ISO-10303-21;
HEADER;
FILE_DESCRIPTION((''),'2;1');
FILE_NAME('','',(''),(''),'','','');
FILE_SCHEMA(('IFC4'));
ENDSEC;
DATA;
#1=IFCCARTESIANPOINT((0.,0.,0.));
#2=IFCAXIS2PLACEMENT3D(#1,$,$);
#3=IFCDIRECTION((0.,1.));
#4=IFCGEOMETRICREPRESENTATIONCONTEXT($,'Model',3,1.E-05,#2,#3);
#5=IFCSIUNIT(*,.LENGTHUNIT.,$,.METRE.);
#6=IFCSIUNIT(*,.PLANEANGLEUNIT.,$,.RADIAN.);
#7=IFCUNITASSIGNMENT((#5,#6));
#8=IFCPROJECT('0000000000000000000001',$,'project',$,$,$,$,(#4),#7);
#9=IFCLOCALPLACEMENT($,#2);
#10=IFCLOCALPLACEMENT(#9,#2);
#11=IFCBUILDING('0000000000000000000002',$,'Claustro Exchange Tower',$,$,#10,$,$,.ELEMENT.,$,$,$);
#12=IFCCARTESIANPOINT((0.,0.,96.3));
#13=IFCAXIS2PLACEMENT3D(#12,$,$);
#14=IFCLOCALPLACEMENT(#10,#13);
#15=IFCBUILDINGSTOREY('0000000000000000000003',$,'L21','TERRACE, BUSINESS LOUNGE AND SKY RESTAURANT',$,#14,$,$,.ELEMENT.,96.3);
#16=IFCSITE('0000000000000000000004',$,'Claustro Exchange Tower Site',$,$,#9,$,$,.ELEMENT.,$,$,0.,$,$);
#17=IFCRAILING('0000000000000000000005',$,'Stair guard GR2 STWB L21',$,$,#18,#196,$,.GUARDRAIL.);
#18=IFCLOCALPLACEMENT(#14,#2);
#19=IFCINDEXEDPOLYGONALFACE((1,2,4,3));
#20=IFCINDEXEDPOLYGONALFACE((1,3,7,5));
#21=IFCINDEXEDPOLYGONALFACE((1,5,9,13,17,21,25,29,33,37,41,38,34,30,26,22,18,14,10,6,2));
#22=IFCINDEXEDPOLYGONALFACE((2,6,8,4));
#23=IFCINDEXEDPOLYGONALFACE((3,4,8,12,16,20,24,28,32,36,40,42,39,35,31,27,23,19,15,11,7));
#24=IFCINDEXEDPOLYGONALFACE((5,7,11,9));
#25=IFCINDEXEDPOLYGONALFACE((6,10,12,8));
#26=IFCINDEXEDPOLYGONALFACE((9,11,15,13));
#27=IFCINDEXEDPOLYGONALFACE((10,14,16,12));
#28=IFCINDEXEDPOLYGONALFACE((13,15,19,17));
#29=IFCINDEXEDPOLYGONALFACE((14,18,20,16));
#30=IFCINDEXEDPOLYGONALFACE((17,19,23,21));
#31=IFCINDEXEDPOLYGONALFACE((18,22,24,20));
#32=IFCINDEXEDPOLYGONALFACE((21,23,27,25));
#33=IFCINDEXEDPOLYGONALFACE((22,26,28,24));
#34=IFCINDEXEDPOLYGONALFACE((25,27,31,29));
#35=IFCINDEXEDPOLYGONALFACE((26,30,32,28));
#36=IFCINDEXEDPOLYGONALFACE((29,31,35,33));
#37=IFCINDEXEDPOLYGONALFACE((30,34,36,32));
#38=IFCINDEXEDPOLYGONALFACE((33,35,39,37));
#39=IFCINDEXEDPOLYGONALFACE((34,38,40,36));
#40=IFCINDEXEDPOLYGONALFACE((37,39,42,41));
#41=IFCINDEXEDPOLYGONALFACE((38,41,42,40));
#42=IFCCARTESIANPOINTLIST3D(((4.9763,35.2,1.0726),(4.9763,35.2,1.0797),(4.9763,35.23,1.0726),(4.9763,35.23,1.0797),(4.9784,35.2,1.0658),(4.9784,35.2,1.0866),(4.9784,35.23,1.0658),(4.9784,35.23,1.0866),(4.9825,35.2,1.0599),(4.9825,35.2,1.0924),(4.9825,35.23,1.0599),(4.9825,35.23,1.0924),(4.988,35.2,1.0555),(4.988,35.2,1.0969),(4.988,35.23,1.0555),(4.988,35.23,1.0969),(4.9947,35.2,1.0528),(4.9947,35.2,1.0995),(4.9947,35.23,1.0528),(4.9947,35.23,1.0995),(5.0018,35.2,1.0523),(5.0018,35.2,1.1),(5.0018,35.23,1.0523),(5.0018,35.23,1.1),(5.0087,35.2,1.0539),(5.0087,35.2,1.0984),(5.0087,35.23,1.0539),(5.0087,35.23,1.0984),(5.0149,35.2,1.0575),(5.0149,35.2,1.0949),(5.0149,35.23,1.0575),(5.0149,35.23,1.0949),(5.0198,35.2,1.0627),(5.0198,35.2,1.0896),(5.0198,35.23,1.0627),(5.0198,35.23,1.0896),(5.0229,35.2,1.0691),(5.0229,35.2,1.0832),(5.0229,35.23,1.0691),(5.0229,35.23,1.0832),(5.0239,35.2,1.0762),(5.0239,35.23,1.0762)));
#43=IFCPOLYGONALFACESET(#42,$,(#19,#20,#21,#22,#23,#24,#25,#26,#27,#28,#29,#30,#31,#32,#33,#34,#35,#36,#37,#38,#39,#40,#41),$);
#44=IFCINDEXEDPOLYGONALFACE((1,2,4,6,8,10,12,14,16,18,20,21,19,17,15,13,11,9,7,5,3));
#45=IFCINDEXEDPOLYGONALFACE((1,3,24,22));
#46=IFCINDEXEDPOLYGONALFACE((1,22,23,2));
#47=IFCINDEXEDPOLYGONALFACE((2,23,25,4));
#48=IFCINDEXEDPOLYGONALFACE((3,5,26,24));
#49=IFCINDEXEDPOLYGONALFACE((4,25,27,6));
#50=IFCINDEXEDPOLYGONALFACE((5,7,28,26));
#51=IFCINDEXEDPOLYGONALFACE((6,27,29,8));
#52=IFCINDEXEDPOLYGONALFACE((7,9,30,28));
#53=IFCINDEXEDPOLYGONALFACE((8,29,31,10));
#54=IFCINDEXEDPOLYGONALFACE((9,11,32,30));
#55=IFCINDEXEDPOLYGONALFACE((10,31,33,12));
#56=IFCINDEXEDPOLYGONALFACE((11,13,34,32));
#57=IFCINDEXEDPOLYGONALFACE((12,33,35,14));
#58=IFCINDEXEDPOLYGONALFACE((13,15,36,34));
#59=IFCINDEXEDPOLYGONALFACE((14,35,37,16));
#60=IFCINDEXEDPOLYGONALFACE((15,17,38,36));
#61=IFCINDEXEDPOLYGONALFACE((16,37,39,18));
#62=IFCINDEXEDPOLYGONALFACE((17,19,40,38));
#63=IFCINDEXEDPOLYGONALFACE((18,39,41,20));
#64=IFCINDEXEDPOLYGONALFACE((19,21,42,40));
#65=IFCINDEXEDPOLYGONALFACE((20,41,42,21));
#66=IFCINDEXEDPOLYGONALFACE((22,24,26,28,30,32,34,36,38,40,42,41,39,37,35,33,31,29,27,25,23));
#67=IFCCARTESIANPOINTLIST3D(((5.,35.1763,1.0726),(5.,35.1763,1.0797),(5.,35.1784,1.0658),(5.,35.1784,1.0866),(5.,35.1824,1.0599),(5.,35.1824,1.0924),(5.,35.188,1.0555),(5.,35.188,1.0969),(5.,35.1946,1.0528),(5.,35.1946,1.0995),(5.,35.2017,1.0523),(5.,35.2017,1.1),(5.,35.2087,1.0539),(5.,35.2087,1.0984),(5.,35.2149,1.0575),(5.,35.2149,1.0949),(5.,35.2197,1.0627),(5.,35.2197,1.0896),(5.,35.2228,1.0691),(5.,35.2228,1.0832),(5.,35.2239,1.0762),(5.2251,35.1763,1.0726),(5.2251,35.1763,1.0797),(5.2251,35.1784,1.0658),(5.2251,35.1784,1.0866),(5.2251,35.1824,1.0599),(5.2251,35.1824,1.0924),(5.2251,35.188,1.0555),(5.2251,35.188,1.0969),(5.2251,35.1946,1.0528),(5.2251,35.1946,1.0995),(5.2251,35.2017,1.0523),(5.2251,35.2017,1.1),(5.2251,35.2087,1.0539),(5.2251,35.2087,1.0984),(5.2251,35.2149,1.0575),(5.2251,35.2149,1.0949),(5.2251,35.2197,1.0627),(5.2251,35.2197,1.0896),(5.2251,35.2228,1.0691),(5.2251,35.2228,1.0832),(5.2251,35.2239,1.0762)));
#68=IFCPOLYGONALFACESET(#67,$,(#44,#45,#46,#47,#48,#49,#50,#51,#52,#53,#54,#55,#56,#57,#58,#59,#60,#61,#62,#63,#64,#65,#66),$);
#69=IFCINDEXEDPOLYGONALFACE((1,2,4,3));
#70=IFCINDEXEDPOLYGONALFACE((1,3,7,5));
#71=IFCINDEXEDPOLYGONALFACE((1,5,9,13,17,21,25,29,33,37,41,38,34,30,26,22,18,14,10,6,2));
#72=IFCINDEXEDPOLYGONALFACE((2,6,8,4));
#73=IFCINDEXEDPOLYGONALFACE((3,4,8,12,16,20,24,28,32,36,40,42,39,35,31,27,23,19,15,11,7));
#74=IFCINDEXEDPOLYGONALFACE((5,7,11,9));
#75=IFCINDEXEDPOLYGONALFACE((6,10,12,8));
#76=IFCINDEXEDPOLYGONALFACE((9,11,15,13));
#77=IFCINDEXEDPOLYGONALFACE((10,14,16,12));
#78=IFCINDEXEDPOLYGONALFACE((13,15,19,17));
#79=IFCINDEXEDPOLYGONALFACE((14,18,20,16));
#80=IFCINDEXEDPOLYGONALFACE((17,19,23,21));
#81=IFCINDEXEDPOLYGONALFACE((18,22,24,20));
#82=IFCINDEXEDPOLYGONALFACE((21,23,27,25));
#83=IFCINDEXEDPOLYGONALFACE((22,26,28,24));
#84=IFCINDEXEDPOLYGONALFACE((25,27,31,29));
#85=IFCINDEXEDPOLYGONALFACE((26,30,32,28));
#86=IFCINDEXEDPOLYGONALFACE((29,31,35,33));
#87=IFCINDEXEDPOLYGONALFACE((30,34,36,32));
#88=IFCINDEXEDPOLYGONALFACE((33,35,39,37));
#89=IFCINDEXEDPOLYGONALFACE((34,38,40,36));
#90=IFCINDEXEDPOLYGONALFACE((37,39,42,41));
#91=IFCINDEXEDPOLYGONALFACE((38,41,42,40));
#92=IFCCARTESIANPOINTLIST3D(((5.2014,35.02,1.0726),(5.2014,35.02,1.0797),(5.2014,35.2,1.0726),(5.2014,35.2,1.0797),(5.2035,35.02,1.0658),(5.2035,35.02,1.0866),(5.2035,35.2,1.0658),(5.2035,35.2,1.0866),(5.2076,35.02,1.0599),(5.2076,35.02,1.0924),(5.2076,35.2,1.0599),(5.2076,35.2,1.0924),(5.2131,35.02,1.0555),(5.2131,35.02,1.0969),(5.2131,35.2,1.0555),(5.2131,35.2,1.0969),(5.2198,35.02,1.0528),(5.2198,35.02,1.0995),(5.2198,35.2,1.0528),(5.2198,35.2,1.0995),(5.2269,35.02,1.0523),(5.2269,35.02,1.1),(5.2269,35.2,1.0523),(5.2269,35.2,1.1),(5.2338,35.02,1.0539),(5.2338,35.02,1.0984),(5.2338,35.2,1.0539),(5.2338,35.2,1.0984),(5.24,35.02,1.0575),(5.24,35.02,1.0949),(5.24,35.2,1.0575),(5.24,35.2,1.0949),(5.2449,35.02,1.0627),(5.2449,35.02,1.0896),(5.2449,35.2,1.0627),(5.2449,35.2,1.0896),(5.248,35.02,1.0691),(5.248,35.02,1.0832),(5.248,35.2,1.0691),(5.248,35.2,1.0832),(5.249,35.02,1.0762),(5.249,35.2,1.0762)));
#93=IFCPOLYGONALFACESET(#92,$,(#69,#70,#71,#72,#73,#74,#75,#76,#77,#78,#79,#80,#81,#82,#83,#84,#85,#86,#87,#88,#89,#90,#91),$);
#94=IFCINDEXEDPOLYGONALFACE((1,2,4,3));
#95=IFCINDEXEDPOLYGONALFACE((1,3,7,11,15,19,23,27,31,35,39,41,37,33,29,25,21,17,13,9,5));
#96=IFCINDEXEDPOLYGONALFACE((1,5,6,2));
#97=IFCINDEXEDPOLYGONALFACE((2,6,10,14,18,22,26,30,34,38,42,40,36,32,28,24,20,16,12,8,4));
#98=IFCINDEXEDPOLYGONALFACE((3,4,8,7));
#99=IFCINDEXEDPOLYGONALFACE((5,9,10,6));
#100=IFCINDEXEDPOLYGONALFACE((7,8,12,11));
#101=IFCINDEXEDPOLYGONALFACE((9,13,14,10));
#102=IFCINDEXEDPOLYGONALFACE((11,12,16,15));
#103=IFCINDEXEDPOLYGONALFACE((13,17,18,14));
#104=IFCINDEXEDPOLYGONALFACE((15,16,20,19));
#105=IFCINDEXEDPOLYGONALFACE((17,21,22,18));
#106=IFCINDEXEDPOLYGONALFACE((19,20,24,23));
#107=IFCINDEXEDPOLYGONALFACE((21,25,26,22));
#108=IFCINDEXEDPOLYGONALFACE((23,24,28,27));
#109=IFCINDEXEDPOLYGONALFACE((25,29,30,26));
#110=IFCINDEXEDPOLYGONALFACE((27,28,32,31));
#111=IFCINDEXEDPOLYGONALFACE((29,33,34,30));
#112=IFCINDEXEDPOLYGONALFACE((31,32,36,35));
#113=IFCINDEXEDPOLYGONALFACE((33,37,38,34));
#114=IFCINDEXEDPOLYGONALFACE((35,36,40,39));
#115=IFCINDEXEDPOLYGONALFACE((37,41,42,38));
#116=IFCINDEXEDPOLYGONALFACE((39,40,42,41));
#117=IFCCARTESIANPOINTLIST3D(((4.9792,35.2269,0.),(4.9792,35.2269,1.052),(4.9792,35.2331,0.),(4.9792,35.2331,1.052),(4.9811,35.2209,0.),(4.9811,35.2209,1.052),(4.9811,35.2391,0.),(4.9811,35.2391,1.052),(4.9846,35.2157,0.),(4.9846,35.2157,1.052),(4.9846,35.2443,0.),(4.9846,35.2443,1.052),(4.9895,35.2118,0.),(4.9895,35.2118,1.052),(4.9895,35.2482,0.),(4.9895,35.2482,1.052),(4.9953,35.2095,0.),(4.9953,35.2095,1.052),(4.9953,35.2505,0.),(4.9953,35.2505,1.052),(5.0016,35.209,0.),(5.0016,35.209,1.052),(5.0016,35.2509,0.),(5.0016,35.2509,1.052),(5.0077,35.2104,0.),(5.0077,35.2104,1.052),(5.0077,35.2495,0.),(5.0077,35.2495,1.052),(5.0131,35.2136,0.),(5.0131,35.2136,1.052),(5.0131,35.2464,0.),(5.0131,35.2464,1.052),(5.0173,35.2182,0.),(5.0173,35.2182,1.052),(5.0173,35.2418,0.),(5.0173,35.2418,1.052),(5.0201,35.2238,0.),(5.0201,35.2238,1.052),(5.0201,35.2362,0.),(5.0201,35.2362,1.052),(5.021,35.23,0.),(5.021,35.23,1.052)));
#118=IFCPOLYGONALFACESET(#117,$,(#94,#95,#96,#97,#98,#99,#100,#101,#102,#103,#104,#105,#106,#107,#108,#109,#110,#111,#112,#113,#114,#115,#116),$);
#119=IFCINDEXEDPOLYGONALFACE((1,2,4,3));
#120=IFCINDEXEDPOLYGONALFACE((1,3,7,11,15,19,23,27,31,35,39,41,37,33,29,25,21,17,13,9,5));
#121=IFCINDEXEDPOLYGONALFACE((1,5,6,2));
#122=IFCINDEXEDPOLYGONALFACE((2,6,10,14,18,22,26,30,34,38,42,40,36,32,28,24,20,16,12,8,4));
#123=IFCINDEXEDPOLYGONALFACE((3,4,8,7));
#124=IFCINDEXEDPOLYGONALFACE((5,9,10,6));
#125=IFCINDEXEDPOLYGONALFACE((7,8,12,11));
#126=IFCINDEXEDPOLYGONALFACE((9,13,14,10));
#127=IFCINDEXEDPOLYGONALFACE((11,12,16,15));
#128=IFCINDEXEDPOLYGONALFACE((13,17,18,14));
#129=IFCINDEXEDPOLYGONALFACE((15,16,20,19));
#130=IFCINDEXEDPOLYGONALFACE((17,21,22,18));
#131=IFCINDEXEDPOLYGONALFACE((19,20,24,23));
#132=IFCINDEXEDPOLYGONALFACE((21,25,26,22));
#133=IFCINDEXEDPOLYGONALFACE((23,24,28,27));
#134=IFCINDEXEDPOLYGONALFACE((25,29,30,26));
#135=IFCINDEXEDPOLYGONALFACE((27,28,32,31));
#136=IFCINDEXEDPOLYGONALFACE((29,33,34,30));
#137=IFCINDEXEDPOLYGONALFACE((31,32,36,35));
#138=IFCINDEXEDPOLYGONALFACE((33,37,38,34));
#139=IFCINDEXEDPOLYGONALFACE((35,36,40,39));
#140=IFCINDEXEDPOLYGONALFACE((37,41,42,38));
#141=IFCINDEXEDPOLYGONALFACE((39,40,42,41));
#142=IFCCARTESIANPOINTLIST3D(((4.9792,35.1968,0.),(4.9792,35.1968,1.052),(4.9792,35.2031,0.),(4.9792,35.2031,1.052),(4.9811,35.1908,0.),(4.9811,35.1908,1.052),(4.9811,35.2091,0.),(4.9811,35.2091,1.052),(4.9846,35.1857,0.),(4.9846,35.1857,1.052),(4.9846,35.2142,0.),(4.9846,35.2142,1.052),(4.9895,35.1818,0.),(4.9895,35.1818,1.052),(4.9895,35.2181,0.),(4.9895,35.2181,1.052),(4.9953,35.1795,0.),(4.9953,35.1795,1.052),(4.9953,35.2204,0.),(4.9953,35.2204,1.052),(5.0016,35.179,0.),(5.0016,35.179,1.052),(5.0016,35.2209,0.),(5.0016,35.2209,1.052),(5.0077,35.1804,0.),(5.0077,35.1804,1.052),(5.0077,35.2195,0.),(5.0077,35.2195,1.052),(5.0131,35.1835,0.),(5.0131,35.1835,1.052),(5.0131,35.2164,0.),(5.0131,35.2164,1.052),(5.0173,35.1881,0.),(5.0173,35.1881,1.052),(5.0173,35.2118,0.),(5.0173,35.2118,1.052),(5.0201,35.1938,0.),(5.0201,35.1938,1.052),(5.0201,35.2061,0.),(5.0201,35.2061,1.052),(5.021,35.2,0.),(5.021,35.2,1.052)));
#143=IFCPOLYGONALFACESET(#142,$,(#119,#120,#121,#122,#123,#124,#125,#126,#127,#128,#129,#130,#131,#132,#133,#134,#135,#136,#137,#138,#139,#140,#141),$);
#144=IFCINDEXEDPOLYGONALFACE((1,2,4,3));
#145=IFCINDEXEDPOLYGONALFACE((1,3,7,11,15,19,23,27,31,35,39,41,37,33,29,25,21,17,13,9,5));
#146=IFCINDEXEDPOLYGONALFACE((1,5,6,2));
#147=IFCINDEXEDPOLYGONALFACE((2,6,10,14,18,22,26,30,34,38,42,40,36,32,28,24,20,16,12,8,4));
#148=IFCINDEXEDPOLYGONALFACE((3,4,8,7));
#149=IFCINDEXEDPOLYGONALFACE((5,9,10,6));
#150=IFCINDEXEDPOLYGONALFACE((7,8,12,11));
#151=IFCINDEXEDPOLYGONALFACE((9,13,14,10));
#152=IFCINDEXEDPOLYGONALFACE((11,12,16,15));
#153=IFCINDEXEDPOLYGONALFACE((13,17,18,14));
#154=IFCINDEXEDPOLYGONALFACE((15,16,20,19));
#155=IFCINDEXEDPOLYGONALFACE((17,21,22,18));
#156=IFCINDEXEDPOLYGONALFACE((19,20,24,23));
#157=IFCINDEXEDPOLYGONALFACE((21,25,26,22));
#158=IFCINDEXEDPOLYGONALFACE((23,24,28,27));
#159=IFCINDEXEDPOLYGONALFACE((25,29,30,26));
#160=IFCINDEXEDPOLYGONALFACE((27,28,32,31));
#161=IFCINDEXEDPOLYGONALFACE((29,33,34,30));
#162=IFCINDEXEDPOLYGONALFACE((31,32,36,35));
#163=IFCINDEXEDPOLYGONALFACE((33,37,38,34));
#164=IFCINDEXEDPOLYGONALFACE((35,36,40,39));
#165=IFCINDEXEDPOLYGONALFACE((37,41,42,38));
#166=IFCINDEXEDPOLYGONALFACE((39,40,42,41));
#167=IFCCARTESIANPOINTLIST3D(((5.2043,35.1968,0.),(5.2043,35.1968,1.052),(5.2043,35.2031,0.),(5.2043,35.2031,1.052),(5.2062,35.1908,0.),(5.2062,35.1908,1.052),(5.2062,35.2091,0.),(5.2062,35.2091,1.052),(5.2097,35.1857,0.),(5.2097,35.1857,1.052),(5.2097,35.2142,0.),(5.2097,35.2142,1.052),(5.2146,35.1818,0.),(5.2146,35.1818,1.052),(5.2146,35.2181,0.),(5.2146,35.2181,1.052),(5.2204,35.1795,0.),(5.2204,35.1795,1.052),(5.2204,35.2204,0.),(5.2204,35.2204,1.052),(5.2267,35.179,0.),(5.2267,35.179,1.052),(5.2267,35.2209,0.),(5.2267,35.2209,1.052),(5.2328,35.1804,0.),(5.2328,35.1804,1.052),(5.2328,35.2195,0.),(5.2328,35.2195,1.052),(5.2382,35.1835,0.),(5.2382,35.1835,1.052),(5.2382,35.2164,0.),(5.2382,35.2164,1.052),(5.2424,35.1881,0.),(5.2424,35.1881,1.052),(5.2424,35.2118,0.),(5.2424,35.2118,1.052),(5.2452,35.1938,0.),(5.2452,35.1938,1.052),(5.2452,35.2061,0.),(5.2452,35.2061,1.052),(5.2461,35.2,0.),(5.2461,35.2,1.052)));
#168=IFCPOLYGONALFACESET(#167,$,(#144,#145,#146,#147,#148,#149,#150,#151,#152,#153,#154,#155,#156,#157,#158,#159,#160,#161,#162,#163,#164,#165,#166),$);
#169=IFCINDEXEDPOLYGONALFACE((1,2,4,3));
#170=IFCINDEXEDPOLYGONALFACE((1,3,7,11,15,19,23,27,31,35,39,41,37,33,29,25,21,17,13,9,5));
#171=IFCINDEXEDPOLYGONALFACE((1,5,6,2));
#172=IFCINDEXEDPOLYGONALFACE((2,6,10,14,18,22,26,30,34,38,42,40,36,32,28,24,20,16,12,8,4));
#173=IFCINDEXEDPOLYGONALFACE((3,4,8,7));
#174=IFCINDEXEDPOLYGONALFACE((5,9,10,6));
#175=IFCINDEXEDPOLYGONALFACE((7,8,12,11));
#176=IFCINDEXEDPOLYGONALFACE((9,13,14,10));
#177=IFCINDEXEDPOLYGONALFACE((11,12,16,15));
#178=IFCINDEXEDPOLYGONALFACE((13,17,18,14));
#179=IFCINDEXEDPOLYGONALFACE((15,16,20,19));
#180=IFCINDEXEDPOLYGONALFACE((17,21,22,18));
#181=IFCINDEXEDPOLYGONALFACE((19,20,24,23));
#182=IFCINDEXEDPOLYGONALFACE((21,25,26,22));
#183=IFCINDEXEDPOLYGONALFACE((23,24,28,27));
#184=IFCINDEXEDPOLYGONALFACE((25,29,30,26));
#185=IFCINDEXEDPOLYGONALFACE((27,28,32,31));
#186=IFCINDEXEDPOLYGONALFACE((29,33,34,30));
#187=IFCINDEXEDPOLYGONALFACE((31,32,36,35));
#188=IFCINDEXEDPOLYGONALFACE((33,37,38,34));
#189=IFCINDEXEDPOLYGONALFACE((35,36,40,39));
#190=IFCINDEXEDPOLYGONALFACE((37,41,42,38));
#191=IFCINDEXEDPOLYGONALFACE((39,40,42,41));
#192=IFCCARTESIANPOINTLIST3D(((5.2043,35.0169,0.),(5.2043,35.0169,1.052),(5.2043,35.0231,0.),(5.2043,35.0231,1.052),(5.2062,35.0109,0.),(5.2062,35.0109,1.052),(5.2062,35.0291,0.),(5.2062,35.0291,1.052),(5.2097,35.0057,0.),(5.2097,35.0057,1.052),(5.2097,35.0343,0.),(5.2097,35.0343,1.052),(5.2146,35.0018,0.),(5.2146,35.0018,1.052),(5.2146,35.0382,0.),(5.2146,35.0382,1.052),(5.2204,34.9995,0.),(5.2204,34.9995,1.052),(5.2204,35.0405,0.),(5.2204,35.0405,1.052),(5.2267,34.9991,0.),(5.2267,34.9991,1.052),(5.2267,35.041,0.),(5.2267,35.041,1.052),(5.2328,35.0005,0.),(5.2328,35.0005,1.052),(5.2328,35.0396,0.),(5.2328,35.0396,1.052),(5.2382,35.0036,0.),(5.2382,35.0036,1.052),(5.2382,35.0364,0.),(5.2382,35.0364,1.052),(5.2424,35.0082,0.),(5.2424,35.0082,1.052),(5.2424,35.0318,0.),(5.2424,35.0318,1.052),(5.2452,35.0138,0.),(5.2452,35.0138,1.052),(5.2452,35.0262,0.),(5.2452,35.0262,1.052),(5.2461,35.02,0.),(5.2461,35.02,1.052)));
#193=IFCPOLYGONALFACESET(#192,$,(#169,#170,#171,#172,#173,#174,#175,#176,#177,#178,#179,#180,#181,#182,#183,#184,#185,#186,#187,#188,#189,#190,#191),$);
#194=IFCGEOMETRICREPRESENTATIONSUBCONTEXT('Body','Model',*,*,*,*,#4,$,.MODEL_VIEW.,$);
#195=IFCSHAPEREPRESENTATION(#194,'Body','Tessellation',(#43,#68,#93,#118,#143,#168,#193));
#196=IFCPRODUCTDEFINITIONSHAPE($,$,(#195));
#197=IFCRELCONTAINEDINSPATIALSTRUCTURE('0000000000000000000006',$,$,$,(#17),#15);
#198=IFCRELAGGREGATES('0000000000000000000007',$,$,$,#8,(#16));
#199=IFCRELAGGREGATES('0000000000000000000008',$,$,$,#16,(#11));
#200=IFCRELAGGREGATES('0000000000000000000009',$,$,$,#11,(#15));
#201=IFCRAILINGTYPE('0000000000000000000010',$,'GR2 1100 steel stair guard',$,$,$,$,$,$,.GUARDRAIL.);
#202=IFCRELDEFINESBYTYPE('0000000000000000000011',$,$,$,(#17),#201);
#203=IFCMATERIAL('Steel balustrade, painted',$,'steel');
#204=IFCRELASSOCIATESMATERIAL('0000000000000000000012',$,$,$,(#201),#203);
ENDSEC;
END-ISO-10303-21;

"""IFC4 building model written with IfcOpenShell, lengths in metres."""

from ifc_helpers import new_model, si_unit, direction, frame, origin, origin_2d, place, context, subcontext, project, spatial, circle, extrude, material, type_object, element, save


model = new_model("IFC4")

# Units and contexts
model_context = context("Model", 3, precision=1e-05, world=origin(), true_north=direction((0.0, 1.0)))
body_context = subcontext(model_context, "Body", "Model", "MODEL_VIEW")
ifc_project = project(units=[si_unit("LENGTHUNIT", "METRE"), si_unit("PLANEANGLEUNIT", "RADIAN")], contexts=[model_context])

# Site, building, storey
site_placement = place(None, origin())
site = spatial("IfcSite", under=ifc_project, at=site_placement, Name="Claustro Exchange Tower Site", CompositionType="ELEMENT", RefElevation=0.0)
building_placement = place(site_placement, origin())
building = spatial("IfcBuilding", under=site, at=building_placement, Name="Claustro Exchange Tower", CompositionType="ELEMENT")
storey_placement = place(building_placement, frame((0.0, 0.0, 96.3)))
storey = spatial("IfcBuildingStorey", under=building, at=storey_placement, Name="L21", Description="TERRACE, BUSINESS LOUNGE AND SKY RESTAURANT", CompositionType="ELEMENT", Elevation=96.3)

# Railing
ifc_material_1 = material(Name="Steel balustrade, painted", Category="steel")
railing_type_1 = type_object("IfcRailingType", Name="GR2 1100 steel stair guard", PredefinedType="GUARDRAIL", material=ifc_material_1)
railing_1_placement = place(storey_placement, frame((5.0, 35.23, 0.0)))
element("IfcRailing", 1, at=railing_1_placement, inside=storey, type_object=railing_type_1, Name="Stair guard GR2 STWB L21", PredefinedType="GUARDRAIL", context=body_context, shape_type="SweptSolid", body=[
    extrude(circle(Radius=0.0239, at=origin_2d()), frame((0.0, 0.0, 1.0762), z_axis=(0.0, -1.0, 0.0), x_axis=(1.0, 0.0, 0.0)), (0.0, 0.0, 1.0), 0.03),
    extrude(circle(Radius=0.0239, at=origin_2d()), frame((0.0, -0.03, 1.0762), z_axis=(1.0, 0.0, 0.0), x_axis=(0.0, 1.0, 0.0)), (0.0, 0.0, 1.0), 0.2251),
    extrude(circle(Radius=0.0239, at=origin_2d()), frame((0.2251, -0.03, 1.0762), z_axis=(0.0, -1.0, 0.0), x_axis=(1.0, 0.0, 0.0)), (0.0, 0.0, 1.0), 0.1799),
    extrude(circle(Radius=0.021, at=origin_2d()), origin(), (0.0, 0.0, 1.0), 1.052),
    extrude(circle(Radius=0.021, at=origin_2d()), frame((0.0, -0.03, 0.0)), (0.0, 0.0, 1.0), 1.052),
    extrude(circle(Radius=0.021, at=origin_2d()), frame((0.2251, -0.03, 0.0)), (0.0, 0.0, 1.0), 1.052),
    extrude(circle(Radius=0.021, at=origin_2d()), frame((0.2251, -0.21, 0.0)), (0.0, 0.0, 1.0), 1.052),
])

save(model, "model.ifc")
